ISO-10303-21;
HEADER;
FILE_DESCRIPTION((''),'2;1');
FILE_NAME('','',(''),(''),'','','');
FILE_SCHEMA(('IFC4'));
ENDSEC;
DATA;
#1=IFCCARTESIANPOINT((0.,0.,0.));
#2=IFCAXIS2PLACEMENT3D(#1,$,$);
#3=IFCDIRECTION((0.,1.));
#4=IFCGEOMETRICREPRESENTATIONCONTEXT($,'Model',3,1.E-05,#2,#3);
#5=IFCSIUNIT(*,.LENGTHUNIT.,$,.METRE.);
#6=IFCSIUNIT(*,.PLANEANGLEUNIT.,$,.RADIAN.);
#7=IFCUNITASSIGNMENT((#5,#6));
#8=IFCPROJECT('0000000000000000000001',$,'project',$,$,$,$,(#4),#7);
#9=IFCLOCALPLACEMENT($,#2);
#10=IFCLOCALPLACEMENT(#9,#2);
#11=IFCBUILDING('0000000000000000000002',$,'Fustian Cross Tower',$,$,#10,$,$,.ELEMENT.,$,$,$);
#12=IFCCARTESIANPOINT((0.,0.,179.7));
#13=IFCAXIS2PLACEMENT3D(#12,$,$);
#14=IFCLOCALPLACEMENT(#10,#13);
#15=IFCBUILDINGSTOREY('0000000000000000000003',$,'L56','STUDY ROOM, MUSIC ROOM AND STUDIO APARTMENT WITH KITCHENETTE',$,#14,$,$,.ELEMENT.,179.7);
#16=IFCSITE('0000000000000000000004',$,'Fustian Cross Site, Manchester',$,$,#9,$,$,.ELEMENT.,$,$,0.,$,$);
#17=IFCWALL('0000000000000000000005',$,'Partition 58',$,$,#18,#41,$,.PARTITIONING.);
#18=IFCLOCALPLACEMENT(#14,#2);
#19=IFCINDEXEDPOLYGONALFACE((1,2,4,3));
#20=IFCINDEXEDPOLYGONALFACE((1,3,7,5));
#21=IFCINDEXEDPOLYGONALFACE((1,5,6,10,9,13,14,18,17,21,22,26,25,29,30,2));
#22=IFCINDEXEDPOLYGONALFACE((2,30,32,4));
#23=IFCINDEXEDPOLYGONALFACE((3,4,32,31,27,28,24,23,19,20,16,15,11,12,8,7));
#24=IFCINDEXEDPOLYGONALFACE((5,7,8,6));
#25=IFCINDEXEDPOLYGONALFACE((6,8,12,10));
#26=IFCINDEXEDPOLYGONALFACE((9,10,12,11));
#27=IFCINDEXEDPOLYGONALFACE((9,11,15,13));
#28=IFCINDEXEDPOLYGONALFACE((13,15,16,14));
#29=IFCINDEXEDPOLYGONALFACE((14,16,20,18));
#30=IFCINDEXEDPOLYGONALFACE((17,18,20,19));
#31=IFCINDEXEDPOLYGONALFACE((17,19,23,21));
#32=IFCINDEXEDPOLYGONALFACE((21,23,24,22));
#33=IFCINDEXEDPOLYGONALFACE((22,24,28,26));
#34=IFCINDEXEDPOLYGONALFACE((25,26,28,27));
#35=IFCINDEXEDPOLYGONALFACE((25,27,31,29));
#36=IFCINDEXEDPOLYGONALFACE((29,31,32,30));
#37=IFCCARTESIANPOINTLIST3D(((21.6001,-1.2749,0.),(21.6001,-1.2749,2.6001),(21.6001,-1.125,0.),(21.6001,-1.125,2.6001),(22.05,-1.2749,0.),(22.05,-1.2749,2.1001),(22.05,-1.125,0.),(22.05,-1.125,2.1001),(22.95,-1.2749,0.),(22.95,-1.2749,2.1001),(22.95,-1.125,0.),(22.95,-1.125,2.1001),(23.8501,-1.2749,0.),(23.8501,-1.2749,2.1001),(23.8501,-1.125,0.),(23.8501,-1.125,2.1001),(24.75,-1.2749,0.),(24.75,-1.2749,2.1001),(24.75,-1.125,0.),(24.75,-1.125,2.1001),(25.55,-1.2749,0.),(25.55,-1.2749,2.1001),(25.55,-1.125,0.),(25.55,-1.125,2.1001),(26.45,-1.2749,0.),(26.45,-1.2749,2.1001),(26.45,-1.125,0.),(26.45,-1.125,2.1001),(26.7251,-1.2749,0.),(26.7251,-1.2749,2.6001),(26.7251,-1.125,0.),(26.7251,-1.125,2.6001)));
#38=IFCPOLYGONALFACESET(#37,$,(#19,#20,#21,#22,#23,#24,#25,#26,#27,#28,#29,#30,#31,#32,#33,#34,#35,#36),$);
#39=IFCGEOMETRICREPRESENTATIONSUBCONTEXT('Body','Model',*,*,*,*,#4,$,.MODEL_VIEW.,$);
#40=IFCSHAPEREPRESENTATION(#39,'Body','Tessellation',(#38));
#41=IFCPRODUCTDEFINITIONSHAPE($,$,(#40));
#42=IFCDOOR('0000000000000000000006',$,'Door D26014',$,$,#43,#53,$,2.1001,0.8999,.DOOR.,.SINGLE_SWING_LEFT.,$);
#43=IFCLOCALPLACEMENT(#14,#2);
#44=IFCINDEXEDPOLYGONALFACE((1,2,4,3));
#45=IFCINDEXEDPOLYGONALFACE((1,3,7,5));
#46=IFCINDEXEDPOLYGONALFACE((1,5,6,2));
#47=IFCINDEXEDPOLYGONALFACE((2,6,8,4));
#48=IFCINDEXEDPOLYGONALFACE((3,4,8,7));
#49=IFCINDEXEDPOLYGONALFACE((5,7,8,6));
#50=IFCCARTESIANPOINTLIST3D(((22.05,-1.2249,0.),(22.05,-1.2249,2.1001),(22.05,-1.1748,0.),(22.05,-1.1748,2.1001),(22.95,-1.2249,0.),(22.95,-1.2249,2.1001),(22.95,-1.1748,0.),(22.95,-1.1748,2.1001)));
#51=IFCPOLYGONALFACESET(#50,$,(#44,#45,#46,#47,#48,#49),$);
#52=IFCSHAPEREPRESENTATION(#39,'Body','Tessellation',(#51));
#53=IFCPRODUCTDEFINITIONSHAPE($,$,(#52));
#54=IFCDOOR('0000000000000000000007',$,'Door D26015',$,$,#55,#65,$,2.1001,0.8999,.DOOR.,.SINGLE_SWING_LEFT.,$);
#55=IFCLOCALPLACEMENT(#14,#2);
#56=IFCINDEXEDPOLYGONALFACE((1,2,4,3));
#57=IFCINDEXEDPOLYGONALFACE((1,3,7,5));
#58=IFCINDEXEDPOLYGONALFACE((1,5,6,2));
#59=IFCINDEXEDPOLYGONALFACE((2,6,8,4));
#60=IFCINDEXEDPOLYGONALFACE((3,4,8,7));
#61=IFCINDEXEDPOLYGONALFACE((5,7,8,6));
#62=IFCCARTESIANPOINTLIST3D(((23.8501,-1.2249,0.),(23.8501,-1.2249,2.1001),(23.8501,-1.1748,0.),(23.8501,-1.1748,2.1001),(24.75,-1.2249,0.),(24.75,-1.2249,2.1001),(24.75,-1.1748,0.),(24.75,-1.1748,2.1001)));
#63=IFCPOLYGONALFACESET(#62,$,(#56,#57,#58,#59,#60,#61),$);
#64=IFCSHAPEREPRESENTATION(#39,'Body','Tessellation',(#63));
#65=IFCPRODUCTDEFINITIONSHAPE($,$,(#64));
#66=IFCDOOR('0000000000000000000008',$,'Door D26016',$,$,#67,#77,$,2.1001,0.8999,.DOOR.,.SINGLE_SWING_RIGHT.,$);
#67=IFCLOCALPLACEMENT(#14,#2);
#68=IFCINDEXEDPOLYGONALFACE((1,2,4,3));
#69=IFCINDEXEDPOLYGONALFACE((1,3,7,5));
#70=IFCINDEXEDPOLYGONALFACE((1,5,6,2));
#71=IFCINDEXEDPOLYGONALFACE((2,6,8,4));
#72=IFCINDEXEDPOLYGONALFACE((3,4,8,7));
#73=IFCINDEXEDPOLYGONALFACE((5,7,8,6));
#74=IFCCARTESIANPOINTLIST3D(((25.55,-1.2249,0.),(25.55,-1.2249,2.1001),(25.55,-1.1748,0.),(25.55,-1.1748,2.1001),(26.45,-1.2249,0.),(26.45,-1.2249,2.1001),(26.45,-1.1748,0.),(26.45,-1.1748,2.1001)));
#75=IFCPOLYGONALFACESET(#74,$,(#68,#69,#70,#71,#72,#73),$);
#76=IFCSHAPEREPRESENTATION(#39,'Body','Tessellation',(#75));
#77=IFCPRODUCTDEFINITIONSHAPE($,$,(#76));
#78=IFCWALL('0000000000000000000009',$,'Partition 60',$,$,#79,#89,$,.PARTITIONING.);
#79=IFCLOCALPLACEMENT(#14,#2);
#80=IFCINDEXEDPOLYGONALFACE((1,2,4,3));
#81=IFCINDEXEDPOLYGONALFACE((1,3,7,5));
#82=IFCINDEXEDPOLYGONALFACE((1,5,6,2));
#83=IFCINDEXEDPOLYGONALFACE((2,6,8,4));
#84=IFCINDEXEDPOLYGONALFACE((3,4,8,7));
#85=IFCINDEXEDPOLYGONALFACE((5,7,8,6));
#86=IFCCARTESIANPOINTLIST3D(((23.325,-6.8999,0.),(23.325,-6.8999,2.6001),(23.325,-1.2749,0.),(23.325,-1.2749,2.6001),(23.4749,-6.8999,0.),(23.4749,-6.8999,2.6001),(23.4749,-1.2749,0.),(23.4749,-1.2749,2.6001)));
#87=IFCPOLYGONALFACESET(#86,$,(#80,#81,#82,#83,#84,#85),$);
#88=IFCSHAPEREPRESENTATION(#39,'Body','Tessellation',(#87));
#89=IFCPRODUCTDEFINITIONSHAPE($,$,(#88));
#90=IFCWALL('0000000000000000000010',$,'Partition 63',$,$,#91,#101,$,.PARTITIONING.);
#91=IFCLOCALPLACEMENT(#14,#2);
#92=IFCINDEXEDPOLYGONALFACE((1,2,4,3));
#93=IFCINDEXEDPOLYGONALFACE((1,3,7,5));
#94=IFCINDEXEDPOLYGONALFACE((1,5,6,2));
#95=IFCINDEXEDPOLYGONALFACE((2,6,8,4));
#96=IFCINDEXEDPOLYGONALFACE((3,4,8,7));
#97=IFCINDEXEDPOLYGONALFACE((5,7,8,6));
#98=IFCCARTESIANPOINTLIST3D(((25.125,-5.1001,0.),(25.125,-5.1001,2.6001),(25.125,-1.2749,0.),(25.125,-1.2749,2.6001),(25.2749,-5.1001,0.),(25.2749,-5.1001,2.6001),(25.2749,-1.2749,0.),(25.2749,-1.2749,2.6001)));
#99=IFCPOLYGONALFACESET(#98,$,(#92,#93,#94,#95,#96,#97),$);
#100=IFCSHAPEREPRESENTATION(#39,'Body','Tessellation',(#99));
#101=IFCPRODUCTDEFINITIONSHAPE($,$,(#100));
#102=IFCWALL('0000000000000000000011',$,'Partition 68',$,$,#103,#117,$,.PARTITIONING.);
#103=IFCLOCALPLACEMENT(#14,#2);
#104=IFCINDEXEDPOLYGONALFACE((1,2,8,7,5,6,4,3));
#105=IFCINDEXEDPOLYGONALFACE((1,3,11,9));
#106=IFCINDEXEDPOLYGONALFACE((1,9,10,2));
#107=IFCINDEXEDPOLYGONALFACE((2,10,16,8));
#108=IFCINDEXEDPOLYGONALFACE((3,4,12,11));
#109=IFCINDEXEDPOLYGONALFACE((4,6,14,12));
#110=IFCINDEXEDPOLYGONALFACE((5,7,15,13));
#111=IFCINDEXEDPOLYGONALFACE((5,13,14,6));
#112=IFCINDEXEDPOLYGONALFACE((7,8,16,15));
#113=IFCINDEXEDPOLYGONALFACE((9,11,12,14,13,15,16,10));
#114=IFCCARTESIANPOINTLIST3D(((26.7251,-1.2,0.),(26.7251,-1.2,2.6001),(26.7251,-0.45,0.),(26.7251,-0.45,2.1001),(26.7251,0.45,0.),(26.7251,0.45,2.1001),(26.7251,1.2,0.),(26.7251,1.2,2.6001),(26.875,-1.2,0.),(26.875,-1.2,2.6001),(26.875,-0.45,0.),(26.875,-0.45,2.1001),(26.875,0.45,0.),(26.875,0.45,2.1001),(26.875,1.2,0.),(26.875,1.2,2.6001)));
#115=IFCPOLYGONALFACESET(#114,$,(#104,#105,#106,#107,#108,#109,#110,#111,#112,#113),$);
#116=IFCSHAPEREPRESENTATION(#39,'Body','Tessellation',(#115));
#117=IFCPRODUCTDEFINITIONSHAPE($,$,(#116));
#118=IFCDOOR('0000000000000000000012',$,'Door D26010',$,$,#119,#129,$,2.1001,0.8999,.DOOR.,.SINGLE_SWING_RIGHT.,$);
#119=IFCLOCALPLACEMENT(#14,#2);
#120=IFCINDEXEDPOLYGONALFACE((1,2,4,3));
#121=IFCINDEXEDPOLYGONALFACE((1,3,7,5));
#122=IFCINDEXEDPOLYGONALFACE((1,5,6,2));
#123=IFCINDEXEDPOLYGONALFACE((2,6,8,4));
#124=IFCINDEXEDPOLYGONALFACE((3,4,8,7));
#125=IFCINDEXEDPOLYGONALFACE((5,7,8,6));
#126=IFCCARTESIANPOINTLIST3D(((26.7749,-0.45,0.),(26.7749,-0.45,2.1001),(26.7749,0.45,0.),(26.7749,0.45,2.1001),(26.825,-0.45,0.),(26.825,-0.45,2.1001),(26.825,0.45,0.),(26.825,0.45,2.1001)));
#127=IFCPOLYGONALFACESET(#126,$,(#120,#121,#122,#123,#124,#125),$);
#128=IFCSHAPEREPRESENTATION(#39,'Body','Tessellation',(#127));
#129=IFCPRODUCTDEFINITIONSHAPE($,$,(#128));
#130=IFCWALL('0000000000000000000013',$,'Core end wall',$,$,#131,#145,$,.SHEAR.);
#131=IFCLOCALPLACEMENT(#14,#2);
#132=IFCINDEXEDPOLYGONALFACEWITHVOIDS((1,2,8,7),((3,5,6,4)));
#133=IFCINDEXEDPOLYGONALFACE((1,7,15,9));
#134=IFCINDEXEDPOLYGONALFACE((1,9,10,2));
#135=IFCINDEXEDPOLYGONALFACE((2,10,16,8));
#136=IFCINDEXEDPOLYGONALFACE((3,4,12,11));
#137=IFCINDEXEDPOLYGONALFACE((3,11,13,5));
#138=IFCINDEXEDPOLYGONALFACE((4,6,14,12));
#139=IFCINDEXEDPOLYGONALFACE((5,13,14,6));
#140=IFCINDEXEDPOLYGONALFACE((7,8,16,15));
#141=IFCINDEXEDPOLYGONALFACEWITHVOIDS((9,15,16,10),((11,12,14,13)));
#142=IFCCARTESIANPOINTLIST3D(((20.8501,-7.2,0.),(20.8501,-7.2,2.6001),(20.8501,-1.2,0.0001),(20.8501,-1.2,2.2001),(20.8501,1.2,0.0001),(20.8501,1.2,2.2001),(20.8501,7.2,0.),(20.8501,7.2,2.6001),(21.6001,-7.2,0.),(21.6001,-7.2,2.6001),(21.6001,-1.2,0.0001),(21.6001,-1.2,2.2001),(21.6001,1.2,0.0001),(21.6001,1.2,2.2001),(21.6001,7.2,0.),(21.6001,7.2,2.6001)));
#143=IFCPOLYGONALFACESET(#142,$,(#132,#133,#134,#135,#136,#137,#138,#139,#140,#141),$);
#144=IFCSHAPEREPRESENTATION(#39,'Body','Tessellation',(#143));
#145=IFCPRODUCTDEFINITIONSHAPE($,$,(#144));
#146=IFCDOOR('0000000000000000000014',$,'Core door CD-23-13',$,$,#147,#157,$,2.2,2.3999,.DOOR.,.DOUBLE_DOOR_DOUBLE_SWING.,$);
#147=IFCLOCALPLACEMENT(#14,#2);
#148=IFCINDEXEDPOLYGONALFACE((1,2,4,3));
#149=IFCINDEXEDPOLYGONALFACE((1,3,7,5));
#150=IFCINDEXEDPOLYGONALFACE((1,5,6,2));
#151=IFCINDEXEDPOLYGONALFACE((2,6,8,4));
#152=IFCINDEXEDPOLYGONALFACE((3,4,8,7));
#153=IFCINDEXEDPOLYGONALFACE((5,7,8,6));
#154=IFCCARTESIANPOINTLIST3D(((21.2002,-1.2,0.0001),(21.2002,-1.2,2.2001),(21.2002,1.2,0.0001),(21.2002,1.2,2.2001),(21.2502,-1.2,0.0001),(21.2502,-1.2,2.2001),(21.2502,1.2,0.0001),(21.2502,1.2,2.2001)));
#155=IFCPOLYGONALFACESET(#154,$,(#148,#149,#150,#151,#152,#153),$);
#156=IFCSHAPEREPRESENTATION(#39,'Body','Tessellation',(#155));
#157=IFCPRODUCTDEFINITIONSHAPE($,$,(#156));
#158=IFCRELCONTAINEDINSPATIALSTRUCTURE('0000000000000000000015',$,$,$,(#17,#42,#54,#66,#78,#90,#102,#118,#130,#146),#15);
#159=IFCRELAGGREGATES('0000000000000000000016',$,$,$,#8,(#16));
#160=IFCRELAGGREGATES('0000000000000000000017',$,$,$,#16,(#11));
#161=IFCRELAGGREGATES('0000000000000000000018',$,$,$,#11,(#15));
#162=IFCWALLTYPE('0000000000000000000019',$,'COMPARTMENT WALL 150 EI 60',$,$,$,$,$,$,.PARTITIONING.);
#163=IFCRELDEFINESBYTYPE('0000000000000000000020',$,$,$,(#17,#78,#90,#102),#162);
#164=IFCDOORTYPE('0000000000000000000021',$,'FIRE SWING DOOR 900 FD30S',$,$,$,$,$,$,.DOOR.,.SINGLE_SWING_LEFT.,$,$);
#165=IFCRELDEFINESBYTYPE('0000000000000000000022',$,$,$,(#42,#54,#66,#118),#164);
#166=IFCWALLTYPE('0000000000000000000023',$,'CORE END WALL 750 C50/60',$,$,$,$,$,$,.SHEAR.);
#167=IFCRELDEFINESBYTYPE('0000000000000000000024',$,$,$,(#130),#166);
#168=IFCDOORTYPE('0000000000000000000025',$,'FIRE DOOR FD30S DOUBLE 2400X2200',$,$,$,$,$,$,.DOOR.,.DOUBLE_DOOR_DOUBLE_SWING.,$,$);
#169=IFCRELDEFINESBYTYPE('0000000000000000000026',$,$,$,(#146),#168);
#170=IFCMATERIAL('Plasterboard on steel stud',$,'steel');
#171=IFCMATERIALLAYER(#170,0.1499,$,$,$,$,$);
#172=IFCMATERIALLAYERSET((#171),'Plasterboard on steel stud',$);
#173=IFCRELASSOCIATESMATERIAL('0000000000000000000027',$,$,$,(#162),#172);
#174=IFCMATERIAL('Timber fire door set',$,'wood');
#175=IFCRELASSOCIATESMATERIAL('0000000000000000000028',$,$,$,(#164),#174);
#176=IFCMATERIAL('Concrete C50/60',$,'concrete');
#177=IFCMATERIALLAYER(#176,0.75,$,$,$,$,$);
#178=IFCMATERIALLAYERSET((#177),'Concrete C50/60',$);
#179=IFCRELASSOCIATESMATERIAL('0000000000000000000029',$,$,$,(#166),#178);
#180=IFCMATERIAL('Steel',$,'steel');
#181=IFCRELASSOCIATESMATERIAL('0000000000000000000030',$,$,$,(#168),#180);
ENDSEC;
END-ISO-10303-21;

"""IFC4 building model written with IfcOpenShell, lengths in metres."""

from ifc_helpers import new_model, si_unit, direction, frame, frame_2d, origin, place, context, subcontext, project, spatial, rectangle, extrude, material, layer, layer_set, type_object, element, fill, save


model = new_model("IFC4")

# Units and contexts
model_context = context("Model", 3, precision=1e-05, world=origin(), true_north=direction((0.0, 1.0)))
body_context = subcontext(model_context, "Body", "Model", "MODEL_VIEW")
ifc_project = project(units=[si_unit("LENGTHUNIT", "METRE"), si_unit("PLANEANGLEUNIT", "RADIAN")], contexts=[model_context])

# Site, building, storey
site_placement = place(None, origin())
site = spatial("IfcSite", under=ifc_project, at=site_placement, Name="Fustian Cross Site, Manchester", CompositionType="ELEMENT", RefElevation=0.0)
building_placement = place(site_placement, origin())
building = spatial("IfcBuilding", under=site, at=building_placement, Name="Fustian Cross Tower", CompositionType="ELEMENT")
storey_placement = place(building_placement, frame((0.0, 0.0, 179.7)))
storey = spatial("IfcBuildingStorey", under=building, at=storey_placement, Name="L56", Description="STUDY ROOM, MUSIC ROOM AND STUDIO APARTMENT WITH KITCHENETTE", CompositionType="ELEMENT", Elevation=179.7)

# Wall, openings, doors
ifc_material_1 = material(Name="Plasterboard on steel stud", Category="steel")
ifc_layer_1 = layer(ifc_material_1, 0.1499)
ifc_layer_set_1 = layer_set([ifc_layer_1], Name="Plasterboard on steel stud")
wall_type_1 = type_object("IfcWallType", Name="COMPARTMENT WALL 150 EI 60", PredefinedType="PARTITIONING", material=ifc_layer_set_1)
wall_1_placement = place(storey_placement, frame((21.6001, -1.2, 0.0), z_axis=(0.0, 0.0, 1.0), x_axis=(1.0, 0.0, 0.0)))
wall_1 = element("IfcWall", 1, at=wall_1_placement, inside=storey, type_object=wall_type_1, Name="Partition 58", PredefinedType="PARTITIONING", context=body_context, shape_type="SweptSolid", body=[
    extrude(rectangle(XDim=5.125, YDim=0.1499, at=frame_2d((2.5625, 0.0))), origin(), (0.0, 0.0, 1.0), 2.6001),
])
opening_1_placement = place(wall_1_placement, frame((0.45, 0.0, 0.0)))
opening_1 = element("IfcOpeningElement", 2, at=opening_1_placement, cuts=wall_1, PredefinedType="OPENING", context=body_context, shape_type="SweptSolid", body=[
    extrude(rectangle(XDim=0.8999, YDim=2.1001, at=frame_2d((0.45, 1.05))), frame((0.0, 0.085, 0.0), z_axis=(0.0, -1.0, 0.0), x_axis=(1.0, 0.0, 0.0)), (0.0, 0.0, 1.0), 0.1699),
])
opening_2_placement = place(wall_1_placement, frame((2.25, 0.0, 0.0)))
opening_2 = element("IfcOpeningElement", 3, at=opening_2_placement, cuts=wall_1, PredefinedType="OPENING", context=body_context, shape_type="SweptSolid", body=[
    extrude(rectangle(XDim=0.8999, YDim=2.1001, at=frame_2d((0.45, 1.05))), frame((0.0, 0.085, 0.0), z_axis=(0.0, -1.0, 0.0), x_axis=(1.0, 0.0, 0.0)), (0.0, 0.0, 1.0), 0.1699),
])
opening_3_placement = place(wall_1_placement, frame((3.95, 0.0, 0.0)))
opening_3 = element("IfcOpeningElement", 4, at=opening_3_placement, cuts=wall_1, PredefinedType="OPENING", context=body_context, shape_type="SweptSolid", body=[
    extrude(rectangle(XDim=0.8999, YDim=2.1001, at=frame_2d((0.45, 1.05))), frame((0.0, 0.085, 0.0), z_axis=(0.0, -1.0, 0.0), x_axis=(1.0, 0.0, 0.0)), (0.0, 0.0, 1.0), 0.1699),
])
ifc_material_2 = material(Name="Timber fire door set", Category="wood")
door_type_1 = type_object("IfcDoorType", Name="FIRE SWING DOOR 900 FD30S", OperationType="SINGLE_SWING_LEFT", PredefinedType="DOOR", material=ifc_material_2)
door_1_placement = place(opening_1_placement, frame((0.8999, 0.0, 0.0), z_axis=(0.0, 0.0, 1.0), x_axis=(-1.0, 0.0, 0.0)))
door_1 = element("IfcDoor", 5, at=door_1_placement, inside=storey, type_object=door_type_1, Name="Door D26014", OperationType="SINGLE_SWING_LEFT", OverallHeight=2.1001, OverallWidth=0.8999, PredefinedType="DOOR", context=body_context, shape_type="SweptSolid", body=[
    extrude(rectangle(XDim=0.8999, YDim=2.1001, at=frame_2d((0.45, 1.05))), frame((0.0, 0.0249, 0.0), z_axis=(0.0, -1.0, 0.0), x_axis=(1.0, 0.0, 0.0)), (0.0, 0.0, 1.0), 0.05),
])
fill(opening_1, door_1)
door_2_placement = place(opening_2_placement, frame((0.8999, 0.0, 0.0), z_axis=(0.0, 0.0, 1.0), x_axis=(-1.0, 0.0, 0.0)))
door_2 = element("IfcDoor", 6, at=door_2_placement, inside=storey, type_object=door_type_1, Name="Door D26015", OperationType="SINGLE_SWING_LEFT", OverallHeight=2.1001, OverallWidth=0.8999, PredefinedType="DOOR", context=body_context, shape_type="SweptSolid", body=[
    extrude(rectangle(XDim=0.8999, YDim=2.1001, at=frame_2d((0.45, 1.05))), frame((0.0, 0.0249, 0.0), z_axis=(0.0, -1.0, 0.0), x_axis=(1.0, 0.0, 0.0)), (0.0, 0.0, 1.0), 0.05),
])
fill(opening_2, door_2)
door_3_placement = place(opening_3_placement, frame((0.8999, 0.0, 0.0), z_axis=(0.0, 0.0, 1.0), x_axis=(-1.0, 0.0, 0.0)))
door_3 = element("IfcDoor", 7, at=door_3_placement, inside=storey, type_object=door_type_1, Name="Door D26016", OperationType="SINGLE_SWING_RIGHT", OverallHeight=2.1001, OverallWidth=0.8999, PredefinedType="DOOR", context=body_context, shape_type="SweptSolid", body=[
    extrude(rectangle(XDim=0.8999, YDim=2.1001, at=frame_2d((0.45, 1.05))), frame((0.0, 0.0249, 0.0), z_axis=(0.0, -1.0, 0.0), x_axis=(1.0, 0.0, 0.0)), (0.0, 0.0, 1.0), 0.05),
])
fill(opening_3, door_3)

# Walls
wall_2_placement = place(storey_placement, frame((23.3999, -6.8999, 0.0), z_axis=(0.0, 0.0, 1.0), x_axis=(0.0, 1.0, 0.0)))
element("IfcWall", 8, at=wall_2_placement, inside=storey, type_object=wall_type_1, Name="Partition 60", PredefinedType="PARTITIONING", context=body_context, shape_type="SweptSolid", body=[
    extrude(rectangle(XDim=5.625, YDim=0.1499, at=frame_2d((2.8125, 0.0))), origin(), (0.0, 0.0, 1.0), 2.6001),
])
wall_3_placement = place(storey_placement, frame((25.2, -5.1001, 0.0), z_axis=(0.0, 0.0, 1.0), x_axis=(0.0, 1.0, 0.0)))
element("IfcWall", 9, at=wall_3_placement, inside=storey, type_object=wall_type_1, Name="Partition 63", PredefinedType="PARTITIONING", context=body_context, shape_type="SweptSolid", body=[
    extrude(rectangle(XDim=3.8252, YDim=0.1499, at=frame_2d((1.9126, 0.0))), origin(), (0.0, 0.0, 1.0), 2.6001),
])

# Walls, openings, doors
wall_4_placement = place(storey_placement, frame((26.8, -1.2, 0.0), z_axis=(0.0, 0.0, 1.0), x_axis=(0.0, 1.0, 0.0)))
wall_4 = element("IfcWall", 10, at=wall_4_placement, inside=storey, type_object=wall_type_1, Name="Partition 68", PredefinedType="PARTITIONING", context=body_context, shape_type="SweptSolid", body=[
    extrude(rectangle(XDim=2.3999, YDim=0.1499, at=frame_2d((1.2, 0.0))), origin(), (0.0, 0.0, 1.0), 2.6001),
])
opening_4_placement = place(wall_4_placement, frame((0.75, 0.0, 0.0)))
opening_4 = element("IfcOpeningElement", 11, at=opening_4_placement, cuts=wall_4, PredefinedType="OPENING", context=body_context, shape_type="SweptSolid", body=[
    extrude(rectangle(XDim=0.8999, YDim=2.1001, at=frame_2d((0.45, 1.05))), frame((0.0, 0.085, 0.0), z_axis=(0.0, -1.0, 0.0), x_axis=(1.0, 0.0, 0.0)), (0.0, 0.0, 1.0), 0.1699),
])
door_4_placement = place(opening_4_placement, frame((0.8999, 0.0, 0.0), z_axis=(0.0, 0.0, 1.0), x_axis=(-1.0, 0.0, 0.0)))
door_4 = element("IfcDoor", 12, at=door_4_placement, inside=storey, type_object=door_type_1, Name="Door D26010", OperationType="SINGLE_SWING_RIGHT", OverallHeight=2.1001, OverallWidth=0.8999, PredefinedType="DOOR", context=body_context, shape_type="SweptSolid", body=[
    extrude(rectangle(XDim=0.8999, YDim=2.1001, at=frame_2d((0.45, 1.05))), frame((0.0, 0.0249, 0.0), z_axis=(0.0, -1.0, 0.0), x_axis=(1.0, 0.0, 0.0)), (0.0, 0.0, 1.0), 0.05),
])
fill(opening_4, door_4)
ifc_material_3 = material(Name="Concrete C50/60", Category="concrete")
ifc_layer_2 = layer(ifc_material_3, 0.75)
ifc_layer_set_2 = layer_set([ifc_layer_2], Name="Concrete C50/60")
wall_type_2 = type_object("IfcWallType", Name="CORE END WALL 750 C50/60", PredefinedType="SHEAR", material=ifc_layer_set_2)
wall_5_placement = place(storey_placement, frame((21.2251, -7.2, 0.0), z_axis=(0.0, 0.0, 1.0), x_axis=(0.0, 1.0, 0.0)))
wall_5 = element("IfcWall", 13, at=wall_5_placement, inside=storey, type_object=wall_type_2, Name="Core end wall", PredefinedType="SHEAR", context=body_context, shape_type="SweptSolid", body=[
    extrude(rectangle(XDim=14.3999, YDim=0.75, at=frame_2d((7.2, 0.0))), origin(), (0.0, 0.0, 1.0), 2.6001),
])
opening_5_placement = place(wall_5_placement, frame((6.0, 0.0, 0.0)))
opening_5 = element("IfcOpeningElement", 14, at=opening_5_placement, cuts=wall_5, PredefinedType="OPENING", context=body_context, shape_type="SweptSolid", body=[
    extrude(rectangle(XDim=2.3999, YDim=2.2, at=frame_2d((1.2, 1.1001))), frame((0.0, 0.385, 0.0), z_axis=(0.0, -1.0, 0.0), x_axis=(1.0, 0.0, 0.0)), (0.0, 0.0, 1.0), 0.77),
])
ifc_material_4 = material(Name="Steel", Category="steel")
door_type_2 = type_object("IfcDoorType", Name="FIRE DOOR FD30S DOUBLE 2400X2200", OperationType="DOUBLE_DOOR_DOUBLE_SWING", PredefinedType="DOOR", material=ifc_material_4)
door_5_placement = place(opening_5_placement, origin())
door_5 = element("IfcDoor", 15, at=door_5_placement, inside=storey, type_object=door_type_2, Name="Core door CD-23-13", OperationType="DOUBLE_DOOR_DOUBLE_SWING", OverallHeight=2.2, OverallWidth=2.3999, PredefinedType="DOOR", context=body_context, shape_type="SweptSolid", body=[
    extrude(rectangle(XDim=2.3999, YDim=2.2, at=frame_2d((1.2, 1.1001))), frame((0.0, 0.0249, 0.0), z_axis=(0.0, -1.0, 0.0), x_axis=(1.0, 0.0, 0.0)), (0.0, 0.0, 1.0), 0.05),
])
fill(opening_5, door_5)

save(model, "model.ifc")
